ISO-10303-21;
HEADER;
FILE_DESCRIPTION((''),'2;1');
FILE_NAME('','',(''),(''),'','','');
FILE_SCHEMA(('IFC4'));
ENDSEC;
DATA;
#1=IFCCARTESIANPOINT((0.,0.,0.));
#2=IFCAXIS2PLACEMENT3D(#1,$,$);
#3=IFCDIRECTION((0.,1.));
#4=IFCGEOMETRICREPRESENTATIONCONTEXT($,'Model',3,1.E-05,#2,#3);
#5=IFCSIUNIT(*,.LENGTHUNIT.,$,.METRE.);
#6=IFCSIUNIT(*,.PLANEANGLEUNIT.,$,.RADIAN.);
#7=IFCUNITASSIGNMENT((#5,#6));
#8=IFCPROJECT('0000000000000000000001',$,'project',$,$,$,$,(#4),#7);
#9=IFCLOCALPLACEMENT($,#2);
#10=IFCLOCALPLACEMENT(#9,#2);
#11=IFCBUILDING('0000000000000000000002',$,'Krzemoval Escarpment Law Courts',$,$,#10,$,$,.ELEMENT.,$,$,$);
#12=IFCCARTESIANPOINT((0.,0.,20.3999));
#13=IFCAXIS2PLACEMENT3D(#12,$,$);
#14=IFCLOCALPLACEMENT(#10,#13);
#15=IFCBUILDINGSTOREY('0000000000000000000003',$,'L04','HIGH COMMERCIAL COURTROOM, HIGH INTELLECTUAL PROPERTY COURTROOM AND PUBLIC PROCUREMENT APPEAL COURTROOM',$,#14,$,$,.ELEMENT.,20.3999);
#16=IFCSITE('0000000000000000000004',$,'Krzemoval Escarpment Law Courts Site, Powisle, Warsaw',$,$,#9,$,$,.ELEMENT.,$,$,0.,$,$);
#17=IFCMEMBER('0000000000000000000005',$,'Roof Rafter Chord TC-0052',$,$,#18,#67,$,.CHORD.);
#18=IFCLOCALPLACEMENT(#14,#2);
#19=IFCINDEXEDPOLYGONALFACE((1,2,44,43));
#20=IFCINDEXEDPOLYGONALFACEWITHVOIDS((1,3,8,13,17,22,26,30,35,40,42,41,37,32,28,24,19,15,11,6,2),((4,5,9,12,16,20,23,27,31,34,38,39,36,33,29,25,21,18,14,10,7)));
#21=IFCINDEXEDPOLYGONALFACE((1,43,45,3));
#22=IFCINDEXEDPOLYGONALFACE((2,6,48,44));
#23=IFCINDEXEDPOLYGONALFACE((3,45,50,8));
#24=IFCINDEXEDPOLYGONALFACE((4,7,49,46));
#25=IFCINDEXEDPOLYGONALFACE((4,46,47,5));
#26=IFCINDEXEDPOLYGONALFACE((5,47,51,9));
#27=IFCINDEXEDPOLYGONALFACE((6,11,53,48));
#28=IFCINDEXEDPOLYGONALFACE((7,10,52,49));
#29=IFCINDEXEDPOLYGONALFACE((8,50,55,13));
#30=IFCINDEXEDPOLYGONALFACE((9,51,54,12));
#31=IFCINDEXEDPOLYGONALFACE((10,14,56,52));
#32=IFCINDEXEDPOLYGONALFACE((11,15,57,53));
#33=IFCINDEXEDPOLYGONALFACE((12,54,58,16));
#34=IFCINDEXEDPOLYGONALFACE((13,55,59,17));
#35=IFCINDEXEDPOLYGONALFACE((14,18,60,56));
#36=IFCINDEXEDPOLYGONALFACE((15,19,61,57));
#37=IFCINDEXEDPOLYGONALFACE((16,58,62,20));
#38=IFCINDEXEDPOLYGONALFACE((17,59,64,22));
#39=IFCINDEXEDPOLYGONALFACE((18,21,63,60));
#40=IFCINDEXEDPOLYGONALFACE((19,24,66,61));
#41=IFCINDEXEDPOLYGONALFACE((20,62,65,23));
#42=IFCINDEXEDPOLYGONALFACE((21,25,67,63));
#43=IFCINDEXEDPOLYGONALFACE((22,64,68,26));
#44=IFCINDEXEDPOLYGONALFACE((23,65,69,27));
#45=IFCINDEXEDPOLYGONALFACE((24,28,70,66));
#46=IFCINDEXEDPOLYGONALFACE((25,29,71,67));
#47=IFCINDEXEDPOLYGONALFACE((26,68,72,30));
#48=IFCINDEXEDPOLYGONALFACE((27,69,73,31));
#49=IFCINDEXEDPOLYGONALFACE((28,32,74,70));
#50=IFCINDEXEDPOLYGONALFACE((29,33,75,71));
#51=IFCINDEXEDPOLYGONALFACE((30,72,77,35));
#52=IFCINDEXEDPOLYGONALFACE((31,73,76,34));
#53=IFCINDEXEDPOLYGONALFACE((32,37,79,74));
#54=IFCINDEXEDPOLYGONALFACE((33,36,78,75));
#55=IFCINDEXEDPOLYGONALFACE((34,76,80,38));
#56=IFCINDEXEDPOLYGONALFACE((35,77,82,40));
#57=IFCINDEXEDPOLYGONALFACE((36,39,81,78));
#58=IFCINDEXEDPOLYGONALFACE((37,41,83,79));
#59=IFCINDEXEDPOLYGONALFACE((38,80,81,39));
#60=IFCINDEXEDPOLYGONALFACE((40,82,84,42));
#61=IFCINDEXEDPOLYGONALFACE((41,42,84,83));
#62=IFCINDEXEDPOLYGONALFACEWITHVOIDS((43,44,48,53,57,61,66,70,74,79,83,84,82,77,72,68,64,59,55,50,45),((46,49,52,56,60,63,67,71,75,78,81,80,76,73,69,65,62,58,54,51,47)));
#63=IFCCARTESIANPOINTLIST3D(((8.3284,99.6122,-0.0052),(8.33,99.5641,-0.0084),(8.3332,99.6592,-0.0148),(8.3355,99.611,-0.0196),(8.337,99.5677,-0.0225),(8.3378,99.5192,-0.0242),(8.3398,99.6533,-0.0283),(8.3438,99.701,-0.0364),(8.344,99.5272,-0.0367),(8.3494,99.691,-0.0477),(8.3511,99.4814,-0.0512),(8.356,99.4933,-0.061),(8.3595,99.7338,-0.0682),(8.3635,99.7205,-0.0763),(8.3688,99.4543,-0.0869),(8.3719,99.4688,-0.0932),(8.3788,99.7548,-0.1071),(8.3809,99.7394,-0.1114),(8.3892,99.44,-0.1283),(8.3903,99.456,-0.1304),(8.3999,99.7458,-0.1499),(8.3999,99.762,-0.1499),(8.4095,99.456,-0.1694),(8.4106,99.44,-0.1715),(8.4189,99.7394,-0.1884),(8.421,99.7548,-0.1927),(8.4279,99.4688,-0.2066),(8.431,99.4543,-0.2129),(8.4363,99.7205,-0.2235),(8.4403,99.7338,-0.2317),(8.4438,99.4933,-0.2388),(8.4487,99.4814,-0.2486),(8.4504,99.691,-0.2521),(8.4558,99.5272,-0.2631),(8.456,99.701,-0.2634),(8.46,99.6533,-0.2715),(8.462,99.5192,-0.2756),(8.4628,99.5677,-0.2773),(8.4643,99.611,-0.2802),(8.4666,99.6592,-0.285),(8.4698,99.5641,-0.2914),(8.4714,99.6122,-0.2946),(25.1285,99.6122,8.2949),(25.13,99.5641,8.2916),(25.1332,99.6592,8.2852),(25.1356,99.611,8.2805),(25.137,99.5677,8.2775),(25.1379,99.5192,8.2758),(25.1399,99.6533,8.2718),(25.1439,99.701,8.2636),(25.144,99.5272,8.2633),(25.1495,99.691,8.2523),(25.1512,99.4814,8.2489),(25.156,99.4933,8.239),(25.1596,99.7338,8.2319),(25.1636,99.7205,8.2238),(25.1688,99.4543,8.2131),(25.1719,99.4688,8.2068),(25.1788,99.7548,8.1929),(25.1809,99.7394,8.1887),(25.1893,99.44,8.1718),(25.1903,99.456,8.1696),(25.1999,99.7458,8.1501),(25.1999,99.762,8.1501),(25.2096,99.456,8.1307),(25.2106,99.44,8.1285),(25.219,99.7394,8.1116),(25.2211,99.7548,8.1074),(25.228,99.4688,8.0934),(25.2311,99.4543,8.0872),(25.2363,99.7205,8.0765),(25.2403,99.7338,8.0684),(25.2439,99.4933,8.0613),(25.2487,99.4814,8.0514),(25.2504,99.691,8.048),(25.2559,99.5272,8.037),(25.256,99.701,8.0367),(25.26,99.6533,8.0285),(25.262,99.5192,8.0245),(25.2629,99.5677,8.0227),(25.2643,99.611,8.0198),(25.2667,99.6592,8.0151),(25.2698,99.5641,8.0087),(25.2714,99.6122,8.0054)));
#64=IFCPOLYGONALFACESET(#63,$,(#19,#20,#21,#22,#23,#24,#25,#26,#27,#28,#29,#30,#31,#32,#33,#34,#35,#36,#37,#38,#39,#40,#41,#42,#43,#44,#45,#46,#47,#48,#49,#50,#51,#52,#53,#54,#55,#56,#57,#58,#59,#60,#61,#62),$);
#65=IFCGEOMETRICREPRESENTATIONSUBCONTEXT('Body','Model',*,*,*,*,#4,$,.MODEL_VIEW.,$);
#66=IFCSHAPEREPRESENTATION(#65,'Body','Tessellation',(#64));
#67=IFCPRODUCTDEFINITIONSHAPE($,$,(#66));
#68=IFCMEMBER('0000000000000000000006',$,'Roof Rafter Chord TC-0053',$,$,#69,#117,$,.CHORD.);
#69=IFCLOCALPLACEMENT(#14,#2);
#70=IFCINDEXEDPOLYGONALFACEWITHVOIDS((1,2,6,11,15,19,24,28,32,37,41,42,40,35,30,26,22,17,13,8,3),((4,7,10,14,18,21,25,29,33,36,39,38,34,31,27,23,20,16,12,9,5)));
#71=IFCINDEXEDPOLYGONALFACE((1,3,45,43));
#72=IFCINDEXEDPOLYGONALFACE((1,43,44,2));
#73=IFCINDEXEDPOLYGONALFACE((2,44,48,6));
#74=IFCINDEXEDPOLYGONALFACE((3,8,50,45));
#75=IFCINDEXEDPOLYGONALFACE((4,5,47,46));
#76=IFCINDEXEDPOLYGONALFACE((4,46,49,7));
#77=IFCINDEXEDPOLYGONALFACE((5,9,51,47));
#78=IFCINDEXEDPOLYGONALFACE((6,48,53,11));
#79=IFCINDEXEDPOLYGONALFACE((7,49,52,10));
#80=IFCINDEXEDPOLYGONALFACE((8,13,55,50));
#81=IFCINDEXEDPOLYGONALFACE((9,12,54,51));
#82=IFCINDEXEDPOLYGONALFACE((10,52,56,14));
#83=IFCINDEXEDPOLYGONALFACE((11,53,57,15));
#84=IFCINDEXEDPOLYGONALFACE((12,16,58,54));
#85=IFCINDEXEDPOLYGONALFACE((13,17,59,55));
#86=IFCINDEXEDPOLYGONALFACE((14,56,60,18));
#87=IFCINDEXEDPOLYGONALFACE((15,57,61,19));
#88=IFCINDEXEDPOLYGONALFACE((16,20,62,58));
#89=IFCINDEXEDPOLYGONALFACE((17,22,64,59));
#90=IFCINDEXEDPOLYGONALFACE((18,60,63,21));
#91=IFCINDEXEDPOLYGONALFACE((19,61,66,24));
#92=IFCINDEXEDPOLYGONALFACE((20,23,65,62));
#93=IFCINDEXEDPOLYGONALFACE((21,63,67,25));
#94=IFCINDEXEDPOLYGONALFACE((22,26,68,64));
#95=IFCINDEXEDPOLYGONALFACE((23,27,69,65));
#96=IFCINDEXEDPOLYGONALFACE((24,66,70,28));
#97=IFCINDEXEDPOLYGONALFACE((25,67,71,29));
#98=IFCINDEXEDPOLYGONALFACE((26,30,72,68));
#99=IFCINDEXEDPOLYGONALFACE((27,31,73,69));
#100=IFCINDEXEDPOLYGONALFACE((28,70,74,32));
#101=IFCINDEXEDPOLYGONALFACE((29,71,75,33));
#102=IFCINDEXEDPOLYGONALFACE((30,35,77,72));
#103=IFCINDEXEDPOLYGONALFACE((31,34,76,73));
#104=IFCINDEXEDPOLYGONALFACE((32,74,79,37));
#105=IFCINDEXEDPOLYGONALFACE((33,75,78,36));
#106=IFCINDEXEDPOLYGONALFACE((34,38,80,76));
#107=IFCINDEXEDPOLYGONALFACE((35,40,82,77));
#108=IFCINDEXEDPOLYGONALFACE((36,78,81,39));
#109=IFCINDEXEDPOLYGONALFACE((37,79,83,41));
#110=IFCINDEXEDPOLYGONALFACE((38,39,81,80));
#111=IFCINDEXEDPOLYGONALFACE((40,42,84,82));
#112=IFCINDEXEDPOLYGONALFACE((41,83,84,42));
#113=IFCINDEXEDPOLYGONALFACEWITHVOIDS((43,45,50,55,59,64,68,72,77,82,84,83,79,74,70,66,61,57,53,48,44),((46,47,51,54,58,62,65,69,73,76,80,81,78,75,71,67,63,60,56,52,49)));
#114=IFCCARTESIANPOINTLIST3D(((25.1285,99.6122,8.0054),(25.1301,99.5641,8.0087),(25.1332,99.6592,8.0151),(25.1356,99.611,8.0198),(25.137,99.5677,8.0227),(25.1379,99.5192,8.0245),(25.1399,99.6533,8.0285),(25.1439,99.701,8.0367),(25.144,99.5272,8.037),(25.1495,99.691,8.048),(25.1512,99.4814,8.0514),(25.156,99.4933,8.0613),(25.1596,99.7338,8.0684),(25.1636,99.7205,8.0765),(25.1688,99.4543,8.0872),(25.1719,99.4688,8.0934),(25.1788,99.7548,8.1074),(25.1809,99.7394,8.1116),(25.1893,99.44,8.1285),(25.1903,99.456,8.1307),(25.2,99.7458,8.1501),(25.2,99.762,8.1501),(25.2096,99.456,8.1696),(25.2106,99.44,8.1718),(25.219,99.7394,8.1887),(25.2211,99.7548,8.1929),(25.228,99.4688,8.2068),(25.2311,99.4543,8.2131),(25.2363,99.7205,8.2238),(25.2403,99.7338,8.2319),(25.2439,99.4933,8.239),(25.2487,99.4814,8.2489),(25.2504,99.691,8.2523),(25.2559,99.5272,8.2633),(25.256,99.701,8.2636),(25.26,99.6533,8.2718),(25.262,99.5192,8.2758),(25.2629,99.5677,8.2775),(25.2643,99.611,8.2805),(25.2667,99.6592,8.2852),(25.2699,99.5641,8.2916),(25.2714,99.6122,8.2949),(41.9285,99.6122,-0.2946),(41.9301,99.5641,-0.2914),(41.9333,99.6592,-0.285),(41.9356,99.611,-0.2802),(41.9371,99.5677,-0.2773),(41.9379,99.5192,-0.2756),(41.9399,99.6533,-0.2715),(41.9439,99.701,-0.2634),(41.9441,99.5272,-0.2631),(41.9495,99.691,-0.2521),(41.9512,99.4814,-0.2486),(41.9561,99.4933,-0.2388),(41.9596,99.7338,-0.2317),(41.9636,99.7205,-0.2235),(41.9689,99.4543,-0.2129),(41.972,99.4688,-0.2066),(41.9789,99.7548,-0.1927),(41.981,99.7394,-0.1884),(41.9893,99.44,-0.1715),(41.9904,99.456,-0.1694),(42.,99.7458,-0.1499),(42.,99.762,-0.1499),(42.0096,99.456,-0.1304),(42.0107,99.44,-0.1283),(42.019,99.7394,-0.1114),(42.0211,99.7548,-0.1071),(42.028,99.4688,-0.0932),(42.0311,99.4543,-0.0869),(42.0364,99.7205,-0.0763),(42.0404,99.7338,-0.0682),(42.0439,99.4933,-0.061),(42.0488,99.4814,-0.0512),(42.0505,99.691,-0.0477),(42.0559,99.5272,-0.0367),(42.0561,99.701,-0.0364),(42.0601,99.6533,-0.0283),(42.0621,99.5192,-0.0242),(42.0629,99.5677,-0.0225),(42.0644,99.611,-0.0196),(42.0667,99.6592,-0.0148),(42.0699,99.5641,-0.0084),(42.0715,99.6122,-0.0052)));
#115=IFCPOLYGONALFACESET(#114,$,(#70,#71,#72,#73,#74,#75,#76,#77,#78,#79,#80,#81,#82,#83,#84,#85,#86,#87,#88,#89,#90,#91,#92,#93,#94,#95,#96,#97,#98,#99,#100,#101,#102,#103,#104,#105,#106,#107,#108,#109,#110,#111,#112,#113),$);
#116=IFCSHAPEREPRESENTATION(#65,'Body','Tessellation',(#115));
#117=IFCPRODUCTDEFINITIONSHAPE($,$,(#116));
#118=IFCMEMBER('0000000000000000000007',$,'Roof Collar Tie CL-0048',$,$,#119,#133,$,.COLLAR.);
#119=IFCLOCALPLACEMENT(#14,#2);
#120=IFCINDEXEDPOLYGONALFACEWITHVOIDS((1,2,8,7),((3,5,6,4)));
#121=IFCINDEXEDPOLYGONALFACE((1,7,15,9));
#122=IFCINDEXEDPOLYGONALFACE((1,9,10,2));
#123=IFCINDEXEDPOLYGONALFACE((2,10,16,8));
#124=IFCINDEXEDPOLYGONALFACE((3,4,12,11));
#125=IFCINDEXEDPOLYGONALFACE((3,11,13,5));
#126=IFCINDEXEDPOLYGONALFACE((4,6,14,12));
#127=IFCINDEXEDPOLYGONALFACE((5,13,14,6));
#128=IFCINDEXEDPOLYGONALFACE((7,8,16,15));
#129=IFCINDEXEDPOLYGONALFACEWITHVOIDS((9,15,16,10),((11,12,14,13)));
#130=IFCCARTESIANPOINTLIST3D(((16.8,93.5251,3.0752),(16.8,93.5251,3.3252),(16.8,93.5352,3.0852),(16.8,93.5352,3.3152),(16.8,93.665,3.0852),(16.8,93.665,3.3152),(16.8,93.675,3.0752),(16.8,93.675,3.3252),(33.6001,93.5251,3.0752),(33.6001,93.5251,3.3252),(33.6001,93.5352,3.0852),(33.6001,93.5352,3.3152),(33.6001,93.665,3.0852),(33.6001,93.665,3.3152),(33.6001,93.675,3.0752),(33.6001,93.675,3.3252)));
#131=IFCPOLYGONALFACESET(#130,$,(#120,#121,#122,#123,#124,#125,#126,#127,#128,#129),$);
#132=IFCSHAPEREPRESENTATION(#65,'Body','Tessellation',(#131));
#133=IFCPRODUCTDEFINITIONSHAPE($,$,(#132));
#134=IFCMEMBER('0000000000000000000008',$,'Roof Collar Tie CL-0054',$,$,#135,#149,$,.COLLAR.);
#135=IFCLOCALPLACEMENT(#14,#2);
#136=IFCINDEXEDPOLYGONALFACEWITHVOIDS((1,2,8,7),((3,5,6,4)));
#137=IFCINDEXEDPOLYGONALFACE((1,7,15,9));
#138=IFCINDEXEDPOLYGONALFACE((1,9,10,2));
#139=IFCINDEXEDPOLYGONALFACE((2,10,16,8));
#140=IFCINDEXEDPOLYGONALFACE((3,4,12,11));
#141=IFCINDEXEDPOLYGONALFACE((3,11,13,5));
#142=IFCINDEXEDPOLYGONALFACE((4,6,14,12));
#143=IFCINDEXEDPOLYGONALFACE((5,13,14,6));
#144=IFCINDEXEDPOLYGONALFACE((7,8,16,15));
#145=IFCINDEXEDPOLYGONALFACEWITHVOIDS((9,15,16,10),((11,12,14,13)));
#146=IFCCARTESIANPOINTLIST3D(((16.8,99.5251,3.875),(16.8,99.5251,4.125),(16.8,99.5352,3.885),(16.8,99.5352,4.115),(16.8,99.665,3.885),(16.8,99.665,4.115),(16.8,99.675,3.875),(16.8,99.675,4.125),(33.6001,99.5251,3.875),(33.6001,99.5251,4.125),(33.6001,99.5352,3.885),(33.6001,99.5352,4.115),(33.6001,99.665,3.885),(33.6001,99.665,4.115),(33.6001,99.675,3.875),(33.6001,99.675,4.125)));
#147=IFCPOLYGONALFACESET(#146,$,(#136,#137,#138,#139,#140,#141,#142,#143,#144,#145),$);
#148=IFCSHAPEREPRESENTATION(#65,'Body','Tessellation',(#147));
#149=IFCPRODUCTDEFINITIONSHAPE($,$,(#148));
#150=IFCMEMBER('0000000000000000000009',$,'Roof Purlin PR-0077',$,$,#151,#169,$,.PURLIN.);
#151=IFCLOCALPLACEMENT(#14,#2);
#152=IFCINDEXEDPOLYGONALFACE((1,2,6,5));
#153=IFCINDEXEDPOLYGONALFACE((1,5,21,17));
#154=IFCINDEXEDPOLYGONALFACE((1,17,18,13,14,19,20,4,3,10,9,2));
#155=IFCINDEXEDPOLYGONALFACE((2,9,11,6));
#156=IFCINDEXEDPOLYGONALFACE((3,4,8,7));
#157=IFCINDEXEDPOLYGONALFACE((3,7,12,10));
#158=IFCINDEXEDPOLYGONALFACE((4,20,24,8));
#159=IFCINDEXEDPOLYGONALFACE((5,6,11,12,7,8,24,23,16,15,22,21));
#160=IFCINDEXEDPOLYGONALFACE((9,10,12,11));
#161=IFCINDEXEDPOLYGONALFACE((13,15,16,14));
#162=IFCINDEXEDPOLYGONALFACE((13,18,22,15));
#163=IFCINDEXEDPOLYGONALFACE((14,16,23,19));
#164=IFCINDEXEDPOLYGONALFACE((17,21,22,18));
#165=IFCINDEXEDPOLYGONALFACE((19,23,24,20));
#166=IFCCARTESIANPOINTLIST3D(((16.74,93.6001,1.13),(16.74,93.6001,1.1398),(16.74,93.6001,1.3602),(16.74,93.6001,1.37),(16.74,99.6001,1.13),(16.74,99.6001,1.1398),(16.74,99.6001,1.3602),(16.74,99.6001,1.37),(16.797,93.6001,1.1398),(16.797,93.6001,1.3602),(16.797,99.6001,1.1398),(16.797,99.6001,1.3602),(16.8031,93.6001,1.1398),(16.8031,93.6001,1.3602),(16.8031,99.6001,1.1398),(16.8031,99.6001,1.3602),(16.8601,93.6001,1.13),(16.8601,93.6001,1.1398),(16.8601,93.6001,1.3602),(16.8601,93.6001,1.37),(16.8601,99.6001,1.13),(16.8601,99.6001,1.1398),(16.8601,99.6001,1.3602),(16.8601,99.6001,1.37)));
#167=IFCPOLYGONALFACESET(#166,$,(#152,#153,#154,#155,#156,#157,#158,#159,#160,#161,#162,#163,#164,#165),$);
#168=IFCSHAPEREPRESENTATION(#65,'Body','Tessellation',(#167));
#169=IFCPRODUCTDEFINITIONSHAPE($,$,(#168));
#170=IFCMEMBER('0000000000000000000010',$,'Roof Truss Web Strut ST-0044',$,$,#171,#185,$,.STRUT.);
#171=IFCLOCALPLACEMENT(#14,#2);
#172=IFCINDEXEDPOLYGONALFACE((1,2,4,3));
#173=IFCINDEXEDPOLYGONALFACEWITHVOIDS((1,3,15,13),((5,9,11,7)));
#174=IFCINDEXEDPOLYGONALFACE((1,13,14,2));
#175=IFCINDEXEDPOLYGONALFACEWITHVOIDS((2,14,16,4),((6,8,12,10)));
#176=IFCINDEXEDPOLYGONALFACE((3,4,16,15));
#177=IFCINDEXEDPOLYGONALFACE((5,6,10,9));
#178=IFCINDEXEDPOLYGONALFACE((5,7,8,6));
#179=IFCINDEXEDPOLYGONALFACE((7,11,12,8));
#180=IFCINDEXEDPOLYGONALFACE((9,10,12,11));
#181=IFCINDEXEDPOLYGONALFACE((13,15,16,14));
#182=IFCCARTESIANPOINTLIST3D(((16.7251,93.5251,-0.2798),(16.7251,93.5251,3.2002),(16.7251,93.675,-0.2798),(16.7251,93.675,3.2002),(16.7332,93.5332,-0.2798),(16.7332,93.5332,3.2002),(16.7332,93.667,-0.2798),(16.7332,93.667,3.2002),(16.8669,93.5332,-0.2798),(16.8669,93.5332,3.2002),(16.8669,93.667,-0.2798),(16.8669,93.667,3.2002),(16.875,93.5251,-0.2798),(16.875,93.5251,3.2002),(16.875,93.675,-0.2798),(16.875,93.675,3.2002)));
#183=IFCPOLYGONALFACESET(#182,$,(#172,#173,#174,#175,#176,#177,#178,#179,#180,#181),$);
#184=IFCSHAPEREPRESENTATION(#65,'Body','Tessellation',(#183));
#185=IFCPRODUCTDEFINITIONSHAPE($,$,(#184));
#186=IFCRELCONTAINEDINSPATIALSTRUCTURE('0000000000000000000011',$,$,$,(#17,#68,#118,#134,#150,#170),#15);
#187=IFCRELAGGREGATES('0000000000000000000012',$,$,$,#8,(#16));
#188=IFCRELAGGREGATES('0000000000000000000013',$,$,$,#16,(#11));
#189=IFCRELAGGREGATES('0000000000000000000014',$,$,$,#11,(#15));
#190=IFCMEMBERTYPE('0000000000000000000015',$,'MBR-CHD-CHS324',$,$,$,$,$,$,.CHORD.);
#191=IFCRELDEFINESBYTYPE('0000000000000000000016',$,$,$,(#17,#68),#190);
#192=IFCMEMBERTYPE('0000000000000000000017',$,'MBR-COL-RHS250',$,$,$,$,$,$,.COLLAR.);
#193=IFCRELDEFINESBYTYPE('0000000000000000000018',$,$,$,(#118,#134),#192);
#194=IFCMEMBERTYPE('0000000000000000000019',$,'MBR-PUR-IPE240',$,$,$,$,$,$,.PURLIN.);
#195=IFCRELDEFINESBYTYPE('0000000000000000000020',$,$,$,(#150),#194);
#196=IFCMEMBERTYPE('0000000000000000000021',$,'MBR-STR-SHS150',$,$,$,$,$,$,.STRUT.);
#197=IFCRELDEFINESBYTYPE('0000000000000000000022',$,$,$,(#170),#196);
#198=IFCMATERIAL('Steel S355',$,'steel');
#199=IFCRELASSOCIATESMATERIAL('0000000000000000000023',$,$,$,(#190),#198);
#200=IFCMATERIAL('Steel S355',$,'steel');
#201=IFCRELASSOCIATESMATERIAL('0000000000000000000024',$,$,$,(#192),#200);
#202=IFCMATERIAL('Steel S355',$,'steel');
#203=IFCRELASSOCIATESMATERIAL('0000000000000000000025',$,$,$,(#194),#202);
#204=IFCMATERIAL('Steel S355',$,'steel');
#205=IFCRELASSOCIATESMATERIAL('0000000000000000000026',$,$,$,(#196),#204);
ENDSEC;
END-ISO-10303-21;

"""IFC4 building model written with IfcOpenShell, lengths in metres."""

from ifc_helpers import new_model, si_unit, direction, frame, origin, origin_2d, place, context, subcontext, project, spatial, hollow_rectangle, hollow_circle, i_section, extrude, material, material_profile, profile_set, type_object, element, save


model = new_model("IFC4")

# Units and contexts
model_context = context("Model", 3, precision=1e-05, world=origin(), true_north=direction((0.0, 1.0)))
body_context = subcontext(model_context, "Body", "Model", "MODEL_VIEW")
ifc_project = project(units=[si_unit("LENGTHUNIT", "METRE"), si_unit("PLANEANGLEUNIT", "RADIAN")], contexts=[model_context])

# Site, building, storey
site_placement = place(None, origin())
site = spatial("IfcSite", under=ifc_project, at=site_placement, Name="Krzemoval Escarpment Law Courts Site, Powisle, Warsaw", CompositionType="ELEMENT", RefElevation=0.0)
building_placement = place(site_placement, origin())
building = spatial("IfcBuilding", under=site, at=building_placement, Name="Krzemoval Escarpment Law Courts", CompositionType="ELEMENT")
storey_placement = place(building_placement, frame((0.0, 0.0, 20.3999)))
storey = spatial("IfcBuildingStorey", under=building, at=storey_placement, Name="L04", Description="HIGH COMMERCIAL COURTROOM, HIGH INTELLECTUAL PROPERTY COURTROOM AND PUBLIC PROCUREMENT APPEAL COURTROOM", CompositionType="ELEMENT", Elevation=20.3999)

# Members
ifc_material_1 = material(Name="Steel S355", Category="steel")
ifc_material_profile_1 = material_profile(ifc_material_1, hollow_circle(Radius=0.1619, WallThickness=0.0161, at=origin_2d()), Name="CHS 323.9x16")
ifc_profile_set_1 = profile_set([ifc_material_profile_1], Name="Steel S355")
member_type_1 = type_object("IfcMemberType", Name="MBR-CHD-CHS324", PredefinedType="CHORD", material=ifc_profile_set_1)
for number, where, z_axis, x_axis, name in (
    (1, (8.3999, 99.6001, -0.1499), (0.896551, 0.0, 0.44294), (0.0, 1.0, 0.0), "Roof Rafter Chord TC-0052"),
    (2, (25.2, 99.6001, 8.1501), (0.896551, 0.0, -0.44294), (0.0, 1.0, 0.0), "Roof Rafter Chord TC-0053"),
):
    element("IfcMember", number, at=place(storey_placement, frame(where, z_axis=z_axis, x_axis=x_axis)), inside=storey, type_object=member_type_1, Name=name, PredefinedType="CHORD", context=body_context, shape_type="SweptSolid", body=[
        extrude(hollow_circle(Radius=0.1619, WallThickness=0.0161, at=origin_2d()), origin(), (0.0, 0.0, 1.0), 18.7385),
    ])
ifc_material_2 = material(Name="Steel S355", Category="steel")
ifc_material_profile_2 = material_profile(ifc_material_2, hollow_rectangle(XDim=0.1499, YDim=0.25, WallThickness=0.01, at=origin_2d()), Name="RHS 250x150x10")
ifc_profile_set_2 = profile_set([ifc_material_profile_2], Name="Steel S355")
member_type_2 = type_object("IfcMemberType", Name="MBR-COL-RHS250", PredefinedType="COLLAR", material=ifc_profile_set_2)
for number, where, z_axis, x_axis, name in (
    (3, (16.8, 93.6001, 3.2002), (1.0, 0.0, 0.0), (0.0, 1.0, 0.0), "Roof Collar Tie CL-0048"),
    (4, (16.8, 99.6001, 4.0), (1.0, 0.0, 0.0), (0.0, 1.0, 0.0), "Roof Collar Tie CL-0054"),
):
    element("IfcMember", number, at=place(storey_placement, frame(where, z_axis=z_axis, x_axis=x_axis)), inside=storey, type_object=member_type_2, Name=name, PredefinedType="COLLAR", context=body_context, shape_type="SweptSolid", body=[
        extrude(hollow_rectangle(XDim=0.1499, YDim=0.25, WallThickness=0.01, at=origin_2d()), origin(), (0.0, 0.0, 1.0), 16.8),
    ])
ifc_material_3 = material(Name="Steel S355", Category="steel")
ifc_material_profile_3 = material_profile(ifc_material_3, i_section(OverallWidth=0.1201, OverallDepth=0.24, WebThickness=0.0061, FlangeThickness=0.0098, at=origin_2d()), Name="IPE 240")
ifc_profile_set_3 = profile_set([ifc_material_profile_3], Name="Steel S355")
member_type_3 = type_object("IfcMemberType", Name="MBR-PUR-IPE240", PredefinedType="PURLIN", material=ifc_profile_set_3)
member_1_placement = place(storey_placement, frame((16.8, 93.6001, 1.25), z_axis=(0.0, 1.0, 0.0), x_axis=(-1.0, 0.0, 0.0)))
element("IfcMember", 5, at=member_1_placement, inside=storey, type_object=member_type_3, Name="Roof Purlin PR-0077", PredefinedType="PURLIN", context=body_context, shape_type="SweptSolid", body=[
    extrude(i_section(OverallWidth=0.1201, OverallDepth=0.24, WebThickness=0.0061, FlangeThickness=0.0098, at=origin_2d()), origin(), (0.0, 0.0, 1.0), 6.0),
])
ifc_material_4 = material(Name="Steel S355", Category="steel")
ifc_material_profile_4 = material_profile(ifc_material_4, hollow_rectangle(XDim=0.1499, YDim=0.1499, WallThickness=0.0081, at=origin_2d()), Name="SHS 150x150x8")
ifc_profile_set_4 = profile_set([ifc_material_profile_4], Name="Steel S355")
member_type_4 = type_object("IfcMemberType", Name="MBR-STR-SHS150", PredefinedType="STRUT", material=ifc_profile_set_4)
member_2_placement = place(storey_placement, frame((16.8, 93.6001, -0.2798), z_axis=(0.0, 0.0, 1.0), x_axis=(1.0, 0.0, 0.0)))
element("IfcMember", 6, at=member_2_placement, inside=storey, type_object=member_type_4, Name="Roof Truss Web Strut ST-0044", PredefinedType="STRUT", context=body_context, shape_type="SweptSolid", body=[
    extrude(hollow_rectangle(XDim=0.1499, YDim=0.1499, WallThickness=0.0081, at=origin_2d()), origin(), (0.0, 0.0, 1.0), 3.48),
])

save(model, "model.ifc")
